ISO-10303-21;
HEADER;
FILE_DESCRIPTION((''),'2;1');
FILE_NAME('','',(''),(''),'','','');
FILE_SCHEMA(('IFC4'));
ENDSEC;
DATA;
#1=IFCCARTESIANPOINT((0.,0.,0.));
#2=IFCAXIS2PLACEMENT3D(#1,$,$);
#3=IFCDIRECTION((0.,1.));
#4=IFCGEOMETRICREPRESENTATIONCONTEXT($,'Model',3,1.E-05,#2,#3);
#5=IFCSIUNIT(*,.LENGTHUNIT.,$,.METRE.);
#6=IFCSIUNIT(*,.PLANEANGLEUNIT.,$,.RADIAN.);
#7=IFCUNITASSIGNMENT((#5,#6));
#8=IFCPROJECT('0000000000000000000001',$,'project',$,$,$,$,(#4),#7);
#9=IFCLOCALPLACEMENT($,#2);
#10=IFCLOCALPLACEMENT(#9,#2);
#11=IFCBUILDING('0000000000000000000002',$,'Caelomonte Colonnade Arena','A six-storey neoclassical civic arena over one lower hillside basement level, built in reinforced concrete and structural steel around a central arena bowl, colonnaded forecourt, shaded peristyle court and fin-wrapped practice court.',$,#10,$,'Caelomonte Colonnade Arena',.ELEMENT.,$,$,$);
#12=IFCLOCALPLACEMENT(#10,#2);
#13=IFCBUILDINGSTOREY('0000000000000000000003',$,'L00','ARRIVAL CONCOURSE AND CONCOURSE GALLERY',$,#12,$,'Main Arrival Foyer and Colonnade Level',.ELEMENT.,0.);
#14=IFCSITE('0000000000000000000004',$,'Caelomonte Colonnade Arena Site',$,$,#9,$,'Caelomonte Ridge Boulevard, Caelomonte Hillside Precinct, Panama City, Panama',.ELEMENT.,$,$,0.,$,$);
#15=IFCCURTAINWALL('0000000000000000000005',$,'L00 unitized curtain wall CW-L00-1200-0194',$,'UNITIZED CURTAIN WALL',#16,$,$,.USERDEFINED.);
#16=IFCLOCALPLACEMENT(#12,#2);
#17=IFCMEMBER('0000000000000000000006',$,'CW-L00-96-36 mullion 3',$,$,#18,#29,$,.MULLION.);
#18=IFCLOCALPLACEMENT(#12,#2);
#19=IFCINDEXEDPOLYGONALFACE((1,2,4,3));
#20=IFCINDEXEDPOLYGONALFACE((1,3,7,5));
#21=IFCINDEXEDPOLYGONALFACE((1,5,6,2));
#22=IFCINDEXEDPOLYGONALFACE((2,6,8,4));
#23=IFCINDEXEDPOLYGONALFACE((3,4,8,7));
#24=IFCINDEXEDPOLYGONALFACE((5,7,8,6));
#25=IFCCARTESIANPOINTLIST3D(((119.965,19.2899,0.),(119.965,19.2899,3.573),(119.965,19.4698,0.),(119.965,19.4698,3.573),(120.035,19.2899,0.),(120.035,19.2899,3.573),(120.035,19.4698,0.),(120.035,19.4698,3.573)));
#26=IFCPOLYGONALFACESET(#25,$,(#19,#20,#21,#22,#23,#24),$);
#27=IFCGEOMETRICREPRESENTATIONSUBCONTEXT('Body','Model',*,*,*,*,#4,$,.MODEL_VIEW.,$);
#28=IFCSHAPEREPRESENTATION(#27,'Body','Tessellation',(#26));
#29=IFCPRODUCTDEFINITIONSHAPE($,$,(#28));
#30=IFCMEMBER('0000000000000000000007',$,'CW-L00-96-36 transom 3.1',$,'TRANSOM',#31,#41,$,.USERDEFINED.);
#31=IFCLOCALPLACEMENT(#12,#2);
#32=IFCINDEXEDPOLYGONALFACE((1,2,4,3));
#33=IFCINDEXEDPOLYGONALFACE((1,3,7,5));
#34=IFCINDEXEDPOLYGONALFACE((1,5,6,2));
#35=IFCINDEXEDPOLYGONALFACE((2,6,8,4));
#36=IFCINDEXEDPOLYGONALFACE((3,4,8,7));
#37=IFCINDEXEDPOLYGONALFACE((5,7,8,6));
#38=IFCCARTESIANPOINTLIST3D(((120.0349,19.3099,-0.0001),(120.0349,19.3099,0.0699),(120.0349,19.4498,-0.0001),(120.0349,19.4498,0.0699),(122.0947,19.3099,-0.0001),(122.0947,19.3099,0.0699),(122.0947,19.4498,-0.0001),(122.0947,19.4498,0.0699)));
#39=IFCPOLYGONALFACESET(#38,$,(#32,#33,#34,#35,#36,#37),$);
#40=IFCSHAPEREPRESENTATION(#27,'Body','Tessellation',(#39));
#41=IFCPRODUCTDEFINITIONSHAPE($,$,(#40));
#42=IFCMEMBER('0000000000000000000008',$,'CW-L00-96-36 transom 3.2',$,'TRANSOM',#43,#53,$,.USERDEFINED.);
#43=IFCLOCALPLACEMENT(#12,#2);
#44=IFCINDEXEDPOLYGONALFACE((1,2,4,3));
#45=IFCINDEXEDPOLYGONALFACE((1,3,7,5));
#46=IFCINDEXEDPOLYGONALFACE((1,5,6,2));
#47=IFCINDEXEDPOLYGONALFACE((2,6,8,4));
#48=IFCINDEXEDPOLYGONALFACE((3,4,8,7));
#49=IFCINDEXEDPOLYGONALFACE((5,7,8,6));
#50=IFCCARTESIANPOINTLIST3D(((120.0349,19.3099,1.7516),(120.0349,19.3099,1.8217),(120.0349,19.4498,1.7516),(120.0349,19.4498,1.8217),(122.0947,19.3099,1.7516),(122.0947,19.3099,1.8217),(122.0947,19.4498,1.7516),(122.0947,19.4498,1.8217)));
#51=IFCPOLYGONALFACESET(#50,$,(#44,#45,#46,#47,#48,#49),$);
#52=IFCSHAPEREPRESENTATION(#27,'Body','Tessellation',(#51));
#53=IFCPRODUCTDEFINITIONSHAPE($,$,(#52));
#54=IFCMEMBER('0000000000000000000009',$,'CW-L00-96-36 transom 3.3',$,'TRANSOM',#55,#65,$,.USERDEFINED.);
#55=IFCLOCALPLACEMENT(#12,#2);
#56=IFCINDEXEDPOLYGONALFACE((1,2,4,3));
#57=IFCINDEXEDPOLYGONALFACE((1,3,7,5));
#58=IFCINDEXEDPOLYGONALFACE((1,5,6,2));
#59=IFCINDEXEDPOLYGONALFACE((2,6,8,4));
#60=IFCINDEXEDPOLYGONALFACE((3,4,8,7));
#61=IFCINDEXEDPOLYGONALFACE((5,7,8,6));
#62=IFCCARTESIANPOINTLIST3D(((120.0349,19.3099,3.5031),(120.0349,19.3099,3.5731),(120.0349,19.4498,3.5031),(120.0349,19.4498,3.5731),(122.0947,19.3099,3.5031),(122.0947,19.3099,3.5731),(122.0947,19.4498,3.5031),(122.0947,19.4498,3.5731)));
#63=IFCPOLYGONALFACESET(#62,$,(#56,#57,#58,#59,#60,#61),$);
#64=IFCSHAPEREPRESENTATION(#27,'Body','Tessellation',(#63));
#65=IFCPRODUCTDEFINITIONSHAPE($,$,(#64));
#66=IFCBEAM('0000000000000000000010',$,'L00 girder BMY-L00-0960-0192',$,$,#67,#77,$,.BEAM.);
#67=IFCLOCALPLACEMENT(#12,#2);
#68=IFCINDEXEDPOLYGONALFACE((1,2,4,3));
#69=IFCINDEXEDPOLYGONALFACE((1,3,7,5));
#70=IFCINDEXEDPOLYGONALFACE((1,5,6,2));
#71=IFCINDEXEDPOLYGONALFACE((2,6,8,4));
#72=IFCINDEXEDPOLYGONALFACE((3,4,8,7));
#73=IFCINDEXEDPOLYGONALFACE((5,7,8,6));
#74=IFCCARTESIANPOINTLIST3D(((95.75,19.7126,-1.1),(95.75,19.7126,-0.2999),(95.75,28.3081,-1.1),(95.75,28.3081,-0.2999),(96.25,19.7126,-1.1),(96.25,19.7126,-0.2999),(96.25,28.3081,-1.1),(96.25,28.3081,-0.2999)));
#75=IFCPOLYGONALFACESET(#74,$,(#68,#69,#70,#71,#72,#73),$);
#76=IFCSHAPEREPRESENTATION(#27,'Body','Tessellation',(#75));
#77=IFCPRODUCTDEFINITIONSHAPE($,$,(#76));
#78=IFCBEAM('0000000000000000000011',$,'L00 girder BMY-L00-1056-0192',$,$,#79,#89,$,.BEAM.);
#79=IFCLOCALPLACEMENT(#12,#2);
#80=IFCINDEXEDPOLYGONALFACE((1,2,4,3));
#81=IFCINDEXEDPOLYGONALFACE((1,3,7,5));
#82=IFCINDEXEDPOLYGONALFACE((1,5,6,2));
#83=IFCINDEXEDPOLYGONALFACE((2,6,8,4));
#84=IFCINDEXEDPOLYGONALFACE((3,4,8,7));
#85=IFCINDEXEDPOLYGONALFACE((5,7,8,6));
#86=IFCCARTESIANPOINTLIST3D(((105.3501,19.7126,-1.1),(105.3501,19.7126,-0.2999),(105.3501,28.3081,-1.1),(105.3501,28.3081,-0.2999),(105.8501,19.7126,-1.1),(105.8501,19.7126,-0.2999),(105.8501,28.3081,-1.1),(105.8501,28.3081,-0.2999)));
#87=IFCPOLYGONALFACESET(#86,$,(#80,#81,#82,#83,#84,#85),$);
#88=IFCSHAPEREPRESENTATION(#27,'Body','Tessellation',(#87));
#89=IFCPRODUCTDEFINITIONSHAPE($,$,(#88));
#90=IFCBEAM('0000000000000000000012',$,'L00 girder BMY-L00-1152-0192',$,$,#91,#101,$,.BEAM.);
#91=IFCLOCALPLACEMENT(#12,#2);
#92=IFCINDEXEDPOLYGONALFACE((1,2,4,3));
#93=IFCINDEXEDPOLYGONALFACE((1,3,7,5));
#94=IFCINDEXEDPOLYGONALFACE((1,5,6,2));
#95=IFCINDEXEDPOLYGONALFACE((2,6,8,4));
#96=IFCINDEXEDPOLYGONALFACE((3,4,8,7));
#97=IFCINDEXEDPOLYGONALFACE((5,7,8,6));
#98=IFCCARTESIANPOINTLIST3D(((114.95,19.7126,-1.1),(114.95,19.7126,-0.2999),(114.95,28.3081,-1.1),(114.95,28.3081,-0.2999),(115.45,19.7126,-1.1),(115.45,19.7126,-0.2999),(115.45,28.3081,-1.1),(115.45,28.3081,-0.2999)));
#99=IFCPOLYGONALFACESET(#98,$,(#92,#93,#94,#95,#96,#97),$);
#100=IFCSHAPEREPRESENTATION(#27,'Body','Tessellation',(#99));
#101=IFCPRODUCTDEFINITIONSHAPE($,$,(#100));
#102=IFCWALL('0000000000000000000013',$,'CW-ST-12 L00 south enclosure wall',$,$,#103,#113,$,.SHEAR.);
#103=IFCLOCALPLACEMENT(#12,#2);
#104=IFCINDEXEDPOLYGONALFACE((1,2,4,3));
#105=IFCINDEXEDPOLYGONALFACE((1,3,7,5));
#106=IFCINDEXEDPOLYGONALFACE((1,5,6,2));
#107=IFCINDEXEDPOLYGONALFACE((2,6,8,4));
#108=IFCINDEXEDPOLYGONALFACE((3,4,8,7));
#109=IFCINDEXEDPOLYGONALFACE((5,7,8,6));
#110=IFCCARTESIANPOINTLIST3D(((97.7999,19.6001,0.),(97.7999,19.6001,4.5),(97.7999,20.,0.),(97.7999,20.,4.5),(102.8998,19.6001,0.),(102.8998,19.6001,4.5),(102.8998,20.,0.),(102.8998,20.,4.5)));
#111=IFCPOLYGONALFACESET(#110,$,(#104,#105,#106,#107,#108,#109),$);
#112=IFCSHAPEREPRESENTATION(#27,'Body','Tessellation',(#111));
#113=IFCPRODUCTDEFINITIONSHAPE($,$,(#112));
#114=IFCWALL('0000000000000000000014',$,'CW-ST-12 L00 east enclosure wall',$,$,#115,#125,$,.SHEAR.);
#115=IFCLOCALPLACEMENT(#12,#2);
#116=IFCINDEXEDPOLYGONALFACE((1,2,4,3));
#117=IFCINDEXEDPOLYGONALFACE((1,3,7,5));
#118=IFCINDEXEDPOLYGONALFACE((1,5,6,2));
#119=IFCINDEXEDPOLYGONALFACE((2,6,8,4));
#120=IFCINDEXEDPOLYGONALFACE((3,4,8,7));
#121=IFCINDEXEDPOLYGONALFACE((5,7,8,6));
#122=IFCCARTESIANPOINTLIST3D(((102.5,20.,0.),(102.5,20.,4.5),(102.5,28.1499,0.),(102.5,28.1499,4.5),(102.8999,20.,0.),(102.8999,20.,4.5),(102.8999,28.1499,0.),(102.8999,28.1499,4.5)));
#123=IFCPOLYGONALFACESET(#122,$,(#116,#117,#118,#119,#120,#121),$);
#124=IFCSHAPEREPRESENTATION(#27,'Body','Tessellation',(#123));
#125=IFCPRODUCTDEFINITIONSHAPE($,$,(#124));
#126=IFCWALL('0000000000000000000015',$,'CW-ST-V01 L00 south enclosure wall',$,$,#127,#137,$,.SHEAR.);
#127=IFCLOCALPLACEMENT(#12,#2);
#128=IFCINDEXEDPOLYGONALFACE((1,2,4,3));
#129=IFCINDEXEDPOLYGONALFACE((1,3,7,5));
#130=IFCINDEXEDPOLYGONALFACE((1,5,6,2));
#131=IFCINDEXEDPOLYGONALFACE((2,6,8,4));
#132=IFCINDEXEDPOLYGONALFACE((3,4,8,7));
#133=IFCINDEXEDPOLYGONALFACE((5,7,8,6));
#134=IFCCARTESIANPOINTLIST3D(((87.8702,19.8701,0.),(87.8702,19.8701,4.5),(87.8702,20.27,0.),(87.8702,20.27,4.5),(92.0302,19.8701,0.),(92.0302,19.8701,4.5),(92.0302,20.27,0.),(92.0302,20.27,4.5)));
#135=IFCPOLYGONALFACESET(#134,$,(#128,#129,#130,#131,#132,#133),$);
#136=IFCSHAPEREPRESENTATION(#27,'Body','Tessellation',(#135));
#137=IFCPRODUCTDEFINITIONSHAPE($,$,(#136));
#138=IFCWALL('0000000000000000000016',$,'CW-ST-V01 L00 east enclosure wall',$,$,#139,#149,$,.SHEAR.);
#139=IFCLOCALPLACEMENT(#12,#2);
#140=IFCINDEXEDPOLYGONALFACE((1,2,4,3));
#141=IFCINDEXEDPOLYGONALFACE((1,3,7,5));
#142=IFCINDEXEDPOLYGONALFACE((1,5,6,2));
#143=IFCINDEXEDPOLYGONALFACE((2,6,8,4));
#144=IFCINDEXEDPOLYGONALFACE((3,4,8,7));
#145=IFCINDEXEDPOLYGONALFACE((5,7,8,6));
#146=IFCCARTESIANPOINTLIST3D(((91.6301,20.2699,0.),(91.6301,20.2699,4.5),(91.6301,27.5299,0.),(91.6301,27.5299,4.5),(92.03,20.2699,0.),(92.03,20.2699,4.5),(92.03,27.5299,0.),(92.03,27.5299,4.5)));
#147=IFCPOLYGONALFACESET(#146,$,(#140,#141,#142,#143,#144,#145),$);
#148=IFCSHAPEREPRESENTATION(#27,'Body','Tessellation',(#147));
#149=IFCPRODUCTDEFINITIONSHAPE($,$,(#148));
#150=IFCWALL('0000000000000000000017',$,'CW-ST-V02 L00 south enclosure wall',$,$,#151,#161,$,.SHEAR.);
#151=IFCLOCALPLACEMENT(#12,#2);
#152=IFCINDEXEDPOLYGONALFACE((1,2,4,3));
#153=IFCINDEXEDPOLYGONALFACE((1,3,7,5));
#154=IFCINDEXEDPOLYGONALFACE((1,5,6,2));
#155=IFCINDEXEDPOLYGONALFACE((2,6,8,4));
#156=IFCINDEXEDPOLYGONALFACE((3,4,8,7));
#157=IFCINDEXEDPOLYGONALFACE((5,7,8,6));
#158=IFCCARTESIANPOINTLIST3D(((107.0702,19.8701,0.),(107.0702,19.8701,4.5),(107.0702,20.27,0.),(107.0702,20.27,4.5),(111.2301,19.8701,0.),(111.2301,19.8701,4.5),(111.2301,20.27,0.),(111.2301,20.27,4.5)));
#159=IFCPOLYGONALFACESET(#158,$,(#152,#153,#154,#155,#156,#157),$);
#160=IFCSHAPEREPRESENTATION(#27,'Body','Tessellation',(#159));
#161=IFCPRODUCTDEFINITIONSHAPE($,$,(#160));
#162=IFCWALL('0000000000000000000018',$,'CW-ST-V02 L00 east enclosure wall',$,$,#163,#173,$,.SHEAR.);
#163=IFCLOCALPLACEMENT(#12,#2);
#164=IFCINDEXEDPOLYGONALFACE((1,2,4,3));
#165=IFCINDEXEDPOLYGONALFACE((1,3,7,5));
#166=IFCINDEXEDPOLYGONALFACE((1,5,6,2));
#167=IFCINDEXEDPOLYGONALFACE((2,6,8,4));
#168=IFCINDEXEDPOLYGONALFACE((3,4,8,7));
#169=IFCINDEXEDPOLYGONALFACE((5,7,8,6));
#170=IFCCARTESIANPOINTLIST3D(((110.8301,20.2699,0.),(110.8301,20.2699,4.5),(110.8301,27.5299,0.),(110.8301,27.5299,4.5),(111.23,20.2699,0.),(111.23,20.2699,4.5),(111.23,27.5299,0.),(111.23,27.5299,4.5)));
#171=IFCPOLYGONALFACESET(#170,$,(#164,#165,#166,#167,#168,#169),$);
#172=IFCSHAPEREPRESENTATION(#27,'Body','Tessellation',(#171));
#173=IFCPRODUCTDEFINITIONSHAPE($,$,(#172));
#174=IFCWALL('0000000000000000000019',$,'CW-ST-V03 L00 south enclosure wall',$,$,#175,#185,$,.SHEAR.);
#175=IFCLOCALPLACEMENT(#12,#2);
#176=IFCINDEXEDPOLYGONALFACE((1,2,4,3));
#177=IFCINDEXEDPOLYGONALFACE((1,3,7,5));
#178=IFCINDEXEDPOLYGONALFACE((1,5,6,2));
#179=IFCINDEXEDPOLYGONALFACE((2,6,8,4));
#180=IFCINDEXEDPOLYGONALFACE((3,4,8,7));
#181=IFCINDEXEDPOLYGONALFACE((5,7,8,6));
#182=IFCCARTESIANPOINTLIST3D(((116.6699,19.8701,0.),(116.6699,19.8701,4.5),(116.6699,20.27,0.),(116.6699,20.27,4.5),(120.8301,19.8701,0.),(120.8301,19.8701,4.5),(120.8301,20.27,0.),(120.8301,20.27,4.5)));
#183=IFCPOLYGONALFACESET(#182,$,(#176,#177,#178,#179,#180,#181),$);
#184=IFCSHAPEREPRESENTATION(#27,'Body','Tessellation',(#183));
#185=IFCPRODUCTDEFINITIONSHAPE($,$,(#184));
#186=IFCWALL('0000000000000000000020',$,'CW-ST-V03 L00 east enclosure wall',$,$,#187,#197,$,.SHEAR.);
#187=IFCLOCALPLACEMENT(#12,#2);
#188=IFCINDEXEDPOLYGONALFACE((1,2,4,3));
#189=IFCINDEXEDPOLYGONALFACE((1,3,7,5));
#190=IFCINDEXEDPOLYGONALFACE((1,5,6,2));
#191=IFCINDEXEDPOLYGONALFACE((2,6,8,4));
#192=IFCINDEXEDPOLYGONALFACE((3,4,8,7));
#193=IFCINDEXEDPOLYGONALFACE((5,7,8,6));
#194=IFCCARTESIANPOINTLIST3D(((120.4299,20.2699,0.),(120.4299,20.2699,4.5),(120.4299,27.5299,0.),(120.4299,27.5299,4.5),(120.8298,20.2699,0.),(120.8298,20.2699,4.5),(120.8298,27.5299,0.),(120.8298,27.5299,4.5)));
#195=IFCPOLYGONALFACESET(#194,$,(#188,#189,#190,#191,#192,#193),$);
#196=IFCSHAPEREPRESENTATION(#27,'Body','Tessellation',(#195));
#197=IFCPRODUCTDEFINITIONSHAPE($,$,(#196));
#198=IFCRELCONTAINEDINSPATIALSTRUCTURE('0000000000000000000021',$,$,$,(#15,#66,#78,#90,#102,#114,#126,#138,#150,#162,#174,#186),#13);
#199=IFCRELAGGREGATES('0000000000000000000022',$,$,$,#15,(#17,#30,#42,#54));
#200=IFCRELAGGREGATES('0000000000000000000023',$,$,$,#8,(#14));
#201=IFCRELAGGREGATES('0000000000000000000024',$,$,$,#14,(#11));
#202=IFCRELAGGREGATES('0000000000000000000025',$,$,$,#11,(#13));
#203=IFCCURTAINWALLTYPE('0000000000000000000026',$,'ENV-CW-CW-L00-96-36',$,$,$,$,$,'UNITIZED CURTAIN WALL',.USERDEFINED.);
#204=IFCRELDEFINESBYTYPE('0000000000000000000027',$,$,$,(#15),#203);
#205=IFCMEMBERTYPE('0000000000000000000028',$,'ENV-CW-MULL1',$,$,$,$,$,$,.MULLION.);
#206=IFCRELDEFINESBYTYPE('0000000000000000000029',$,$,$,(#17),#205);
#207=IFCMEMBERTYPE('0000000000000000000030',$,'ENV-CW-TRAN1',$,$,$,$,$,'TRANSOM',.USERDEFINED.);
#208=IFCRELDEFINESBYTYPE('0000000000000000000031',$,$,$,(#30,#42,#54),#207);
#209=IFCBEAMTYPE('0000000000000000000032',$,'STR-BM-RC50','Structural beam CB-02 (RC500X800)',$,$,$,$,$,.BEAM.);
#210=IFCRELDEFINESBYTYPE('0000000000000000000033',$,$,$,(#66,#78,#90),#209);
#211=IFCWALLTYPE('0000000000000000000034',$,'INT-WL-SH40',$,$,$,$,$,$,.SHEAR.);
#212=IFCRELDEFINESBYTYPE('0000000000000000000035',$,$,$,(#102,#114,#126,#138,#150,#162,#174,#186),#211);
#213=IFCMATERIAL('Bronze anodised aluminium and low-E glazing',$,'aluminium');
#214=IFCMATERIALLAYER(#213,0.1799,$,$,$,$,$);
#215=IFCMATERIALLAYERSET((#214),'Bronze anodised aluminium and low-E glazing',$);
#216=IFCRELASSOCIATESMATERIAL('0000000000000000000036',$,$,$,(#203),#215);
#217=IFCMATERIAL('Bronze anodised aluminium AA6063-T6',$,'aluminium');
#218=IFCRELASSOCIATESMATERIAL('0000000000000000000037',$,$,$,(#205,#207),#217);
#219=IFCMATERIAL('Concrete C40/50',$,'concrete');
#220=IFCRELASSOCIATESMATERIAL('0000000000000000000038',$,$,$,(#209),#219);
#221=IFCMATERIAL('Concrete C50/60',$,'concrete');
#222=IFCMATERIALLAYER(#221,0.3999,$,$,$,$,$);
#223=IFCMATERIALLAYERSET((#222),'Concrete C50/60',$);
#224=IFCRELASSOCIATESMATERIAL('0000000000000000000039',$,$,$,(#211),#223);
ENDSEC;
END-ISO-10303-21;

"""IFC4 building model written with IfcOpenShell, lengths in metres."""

from ifc_helpers import new_model, si_unit, direction, frame, frame_2d, origin, origin_2d, place, context, subcontext, project, spatial, rectangle, extrude, material, layer, layer_set, material_profile, profile_set, type_object, element, aggregate, save


model = new_model("IFC4")

# Units and contexts
model_context = context("Model", 3, precision=1e-05, world=origin(), true_north=direction((0.0, 1.0)))
body_context = subcontext(model_context, "Body", "Model", "MODEL_VIEW")
ifc_project = project(units=[si_unit("LENGTHUNIT", "METRE"), si_unit("PLANEANGLEUNIT", "RADIAN")], contexts=[model_context])

# Site, building, storey
site_placement = place(None, origin())
site = spatial("IfcSite", under=ifc_project, at=site_placement, Name="Caelomonte Colonnade Arena Site", LongName="Caelomonte Ridge Boulevard, Caelomonte Hillside Precinct, Panama City, Panama", CompositionType="ELEMENT", RefElevation=0.0)
building_placement = place(site_placement, origin())
building = spatial("IfcBuilding", under=site, at=building_placement, Name="Caelomonte Colonnade Arena", Description="A six-storey neoclassical civic arena over one lower hillside basement level, built in reinforced concrete and structural steel around a central arena bowl, colonnaded forecourt, shaded peristyle court and fin-wrapped practice court.", LongName="Caelomonte Colonnade Arena", CompositionType="ELEMENT")
storey_placement = place(building_placement, origin())
storey = spatial("IfcBuildingStorey", under=building, at=storey_placement, Name="L00", Description="ARRIVAL CONCOURSE AND CONCOURSE GALLERY", LongName="Main Arrival Foyer and Colonnade Level", CompositionType="ELEMENT", Elevation=0.0)

# Curtain wall, members
ifc_material_1 = material(Name="Bronze anodised aluminium and low-E glazing", Category="aluminium")
ifc_layer_1 = layer(ifc_material_1, 0.1799)
ifc_layer_set_1 = layer_set([ifc_layer_1], Name="Bronze anodised aluminium and low-E glazing")
curtain_wall_type = type_object("IfcCurtainWallType", Name="ENV-CW-CW-L00-96-36", ElementType="UNITIZED CURTAIN WALL", PredefinedType="USERDEFINED", material=ifc_layer_set_1)
curtain_wall_placement = place(storey_placement, origin())
curtain_wall = element("IfcCurtainWall", 1, at=curtain_wall_placement, inside=storey, type_object=curtain_wall_type, Name="L00 unitized curtain wall CW-L00-1200-0194", ObjectType="UNITIZED CURTAIN WALL", PredefinedType="USERDEFINED")
ifc_material_2 = material(Name="Bronze anodised aluminium AA6063-T6", Category="aluminium")
ifc_material_profile_1 = material_profile(ifc_material_2, rectangle(XDim=0.0701, YDim=0.1799, at=origin_2d()), Name="CWM-70X180")
ifc_profile_set_1 = profile_set([ifc_material_profile_1], Name="Bronze anodised aluminium AA6063-T6")
member_type_1 = type_object("IfcMemberType", Name="ENV-CW-MULL1", PredefinedType="MULLION", material=ifc_profile_set_1)
member_1_placement = place(storey_placement, frame((120.0, 19.3799, 0.0), z_axis=(0.0, 0.0, 1.0), x_axis=(1.0, 0.0, 0.0)))
member_1 = element("IfcMember", 2, at=member_1_placement, type_object=member_type_1, Name="CW-L00-96-36 mullion 3", PredefinedType="MULLION", context=body_context, shape_type="SweptSolid", body=[
    extrude(rectangle(XDim=0.0701, YDim=0.1799, at=origin_2d()), origin(), (0.0, 0.0, 1.0), 3.573),
])
ifc_material_profile_2 = material_profile(ifc_material_2, rectangle(XDim=0.0701, YDim=0.1399, at=origin_2d()), Name="CWT-70X140")
ifc_profile_set_2 = profile_set([ifc_material_profile_2], Name="Bronze anodised aluminium AA6063-T6")
member_type_2 = type_object("IfcMemberType", Name="ENV-CW-TRAN1", ElementType="TRANSOM", PredefinedType="USERDEFINED", material=ifc_profile_set_2)
member_2_placement = place(storey_placement, frame((120.0349, 19.3799, 0.0349), z_axis=(1.0, 0.0, 0.0), x_axis=(0.0, 0.0, 1.0)))
member_2 = element("IfcMember", 3, at=member_2_placement, type_object=member_type_2, Name="CW-L00-96-36 transom 3.1", ObjectType="TRANSOM", PredefinedType="USERDEFINED", context=body_context, shape_type="SweptSolid", body=[
    extrude(rectangle(XDim=0.0701, YDim=0.1399, at=origin_2d()), origin(), (0.0, 0.0, 1.0), 2.0598),
])
member_3_placement = place(storey_placement, frame((120.0349, 19.3799, 1.7866), z_axis=(1.0, 0.0, 0.0), x_axis=(0.0, 0.0, 1.0)))
member_3 = element("IfcMember", 4, at=member_3_placement, type_object=member_type_2, Name="CW-L00-96-36 transom 3.2", ObjectType="TRANSOM", PredefinedType="USERDEFINED", context=body_context, shape_type="SweptSolid", body=[
    extrude(rectangle(XDim=0.0701, YDim=0.1399, at=origin_2d()), origin(), (0.0, 0.0, 1.0), 2.0598),
])
member_4_placement = place(storey_placement, frame((120.0349, 19.3799, 3.5381), z_axis=(1.0, 0.0, 0.0), x_axis=(0.0, 0.0, 1.0)))
member_4 = element("IfcMember", 5, at=member_4_placement, type_object=member_type_2, Name="CW-L00-96-36 transom 3.3", ObjectType="TRANSOM", PredefinedType="USERDEFINED", context=body_context, shape_type="SweptSolid", body=[
    extrude(rectangle(XDim=0.0701, YDim=0.1399, at=origin_2d()), origin(), (0.0, 0.0, 1.0), 2.0598),
])
aggregate(curtain_wall, [member_1, member_2, member_3, member_4])

# Beams
ifc_material_3 = material(Name="Concrete C40/50", Category="concrete")
ifc_material_profile_3 = material_profile(ifc_material_3, rectangle(XDim=0.5, YDim=0.8, at=origin_2d()), Name="RC500X800")
ifc_profile_set_3 = profile_set([ifc_material_profile_3], Name="Concrete C40/50")
beam_type = type_object("IfcBeamType", Name="STR-BM-RC50", Description="Structural beam CB-02 (RC500X800)", PredefinedType="BEAM", material=ifc_profile_set_3)
for number, where, z_axis, x_axis, name in (
    (6, (96.0, 19.7126, -0.7), (0.0, 1.0, 0.0), (-1.0, 0.0, 0.0), "L00 girder BMY-L00-0960-0192"),
    (7, (105.6001, 19.7126, -0.7), (0.0, 1.0, 0.0), (-1.0, 0.0, 0.0), "L00 girder BMY-L00-1056-0192"),
    (8, (115.2, 19.7126, -0.7), (0.0, 1.0, 0.0), (-1.0, 0.0, 0.0), "L00 girder BMY-L00-1152-0192"),
):
    element("IfcBeam", number, at=place(storey_placement, frame(where, z_axis=z_axis, x_axis=x_axis)), inside=storey, type_object=beam_type, Name=name, PredefinedType="BEAM", context=body_context, shape_type="SweptSolid", body=[
        extrude(rectangle(XDim=0.5, YDim=0.8, at=origin_2d()), origin(), (0.0, 0.0, 1.0), 8.5955),
    ])

# Walls
ifc_material_4 = material(Name="Concrete C50/60", Category="concrete")
ifc_layer_2 = layer(ifc_material_4, 0.3999)
ifc_layer_set_2 = layer_set([ifc_layer_2], Name="Concrete C50/60")
wall_type = type_object("IfcWallType", Name="INT-WL-SH40", PredefinedType="SHEAR", material=ifc_layer_set_2)
wall_1_placement = place(storey_placement, frame((97.8, 19.8, 0.0), z_axis=(0.0, 0.0, 1.0), x_axis=(1.0, 0.0, 0.0)))
element("IfcWall", 9, at=wall_1_placement, inside=storey, type_object=wall_type, Name="CW-ST-12 L00 south enclosure wall", PredefinedType="SHEAR", context=body_context, shape_type="SweptSolid", body=[
    extrude(rectangle(XDim=5.0999, YDim=0.3999, at=frame_2d((2.5498, 0.0))), origin(), (0.0, 0.0, 1.0), 4.5),
])
wall_2_placement = place(storey_placement, frame((102.7, 20.0, 0.0), z_axis=(0.0, 0.0, 1.0), x_axis=(0.0, 1.0, 0.0)))
element("IfcWall", 10, at=wall_2_placement, inside=storey, type_object=wall_type, Name="CW-ST-12 L00 east enclosure wall", PredefinedType="SHEAR", context=body_context, shape_type="SweptSolid", body=[
    extrude(rectangle(XDim=8.1499, YDim=0.3999, at=frame_2d((4.075, 0.0))), origin(), (0.0, 0.0, 1.0), 4.5),
])
wall_3_placement = place(storey_placement, frame((87.8701, 20.0701, 0.0), z_axis=(0.0, 0.0, 1.0), x_axis=(1.0, 0.0, 0.0)))
element("IfcWall", 11, at=wall_3_placement, inside=storey, type_object=wall_type, Name="CW-ST-V01 L00 south enclosure wall", PredefinedType="SHEAR", context=body_context, shape_type="SweptSolid", body=[
    extrude(rectangle(XDim=4.1599, YDim=0.3999, at=frame_2d((2.0801, 0.0))), origin(), (0.0, 0.0, 1.0), 4.5),
])
wall_4_placement = place(storey_placement, frame((91.8301, 20.27, 0.0), z_axis=(0.0, 0.0, 1.0), x_axis=(0.0, 1.0, 0.0)))
element("IfcWall", 12, at=wall_4_placement, inside=storey, type_object=wall_type, Name="CW-ST-V01 L00 east enclosure wall", PredefinedType="SHEAR", context=body_context, shape_type="SweptSolid", body=[
    extrude(rectangle(XDim=7.26, YDim=0.3999, at=frame_2d((3.6299, 0.0))), origin(), (0.0, 0.0, 1.0), 4.5),
])
wall_5_placement = place(storey_placement, frame((107.0701, 20.0701, 0.0), z_axis=(0.0, 0.0, 1.0), x_axis=(1.0, 0.0, 0.0)))
element("IfcWall", 13, at=wall_5_placement, inside=storey, type_object=wall_type, Name="CW-ST-V02 L00 south enclosure wall", PredefinedType="SHEAR", context=body_context, shape_type="SweptSolid", body=[
    extrude(rectangle(XDim=4.1599, YDim=0.3999, at=frame_2d((2.0801, 0.0))), origin(), (0.0, 0.0, 1.0), 4.5),
])
wall_6_placement = place(storey_placement, frame((111.03, 20.27, 0.0), z_axis=(0.0, 0.0, 1.0), x_axis=(0.0, 1.0, 0.0)))
element("IfcWall", 14, at=wall_6_placement, inside=storey, type_object=wall_type, Name="CW-ST-V02 L00 east enclosure wall", PredefinedType="SHEAR", context=body_context, shape_type="SweptSolid", body=[
    extrude(rectangle(XDim=7.26, YDim=0.3999, at=frame_2d((3.6299, 0.0))), origin(), (0.0, 0.0, 1.0), 4.5),
])
wall_7_placement = place(storey_placement, frame((116.6699, 20.0701, 0.0), z_axis=(0.0, 0.0, 1.0), x_axis=(1.0, 0.0, 0.0)))
element("IfcWall", 15, at=wall_7_placement, inside=storey, type_object=wall_type, Name="CW-ST-V03 L00 south enclosure wall", PredefinedType="SHEAR", context=body_context, shape_type="SweptSolid", body=[
    extrude(rectangle(XDim=4.1602, YDim=0.3999, at=frame_2d((2.0801, 0.0))), origin(), (0.0, 0.0, 1.0), 4.5),
])
wall_8_placement = place(storey_placement, frame((120.6299, 20.27, 0.0), z_axis=(0.0, 0.0, 1.0), x_axis=(0.0, 1.0, 0.0)))
element("IfcWall", 16, at=wall_8_placement, inside=storey, type_object=wall_type, Name="CW-ST-V03 L00 east enclosure wall", PredefinedType="SHEAR", context=body_context, shape_type="SweptSolid", body=[
    extrude(rectangle(XDim=7.26, YDim=0.3999, at=frame_2d((3.6299, 0.0))), origin(), (0.0, 0.0, 1.0), 4.5),
])

save(model, "model.ifc")
